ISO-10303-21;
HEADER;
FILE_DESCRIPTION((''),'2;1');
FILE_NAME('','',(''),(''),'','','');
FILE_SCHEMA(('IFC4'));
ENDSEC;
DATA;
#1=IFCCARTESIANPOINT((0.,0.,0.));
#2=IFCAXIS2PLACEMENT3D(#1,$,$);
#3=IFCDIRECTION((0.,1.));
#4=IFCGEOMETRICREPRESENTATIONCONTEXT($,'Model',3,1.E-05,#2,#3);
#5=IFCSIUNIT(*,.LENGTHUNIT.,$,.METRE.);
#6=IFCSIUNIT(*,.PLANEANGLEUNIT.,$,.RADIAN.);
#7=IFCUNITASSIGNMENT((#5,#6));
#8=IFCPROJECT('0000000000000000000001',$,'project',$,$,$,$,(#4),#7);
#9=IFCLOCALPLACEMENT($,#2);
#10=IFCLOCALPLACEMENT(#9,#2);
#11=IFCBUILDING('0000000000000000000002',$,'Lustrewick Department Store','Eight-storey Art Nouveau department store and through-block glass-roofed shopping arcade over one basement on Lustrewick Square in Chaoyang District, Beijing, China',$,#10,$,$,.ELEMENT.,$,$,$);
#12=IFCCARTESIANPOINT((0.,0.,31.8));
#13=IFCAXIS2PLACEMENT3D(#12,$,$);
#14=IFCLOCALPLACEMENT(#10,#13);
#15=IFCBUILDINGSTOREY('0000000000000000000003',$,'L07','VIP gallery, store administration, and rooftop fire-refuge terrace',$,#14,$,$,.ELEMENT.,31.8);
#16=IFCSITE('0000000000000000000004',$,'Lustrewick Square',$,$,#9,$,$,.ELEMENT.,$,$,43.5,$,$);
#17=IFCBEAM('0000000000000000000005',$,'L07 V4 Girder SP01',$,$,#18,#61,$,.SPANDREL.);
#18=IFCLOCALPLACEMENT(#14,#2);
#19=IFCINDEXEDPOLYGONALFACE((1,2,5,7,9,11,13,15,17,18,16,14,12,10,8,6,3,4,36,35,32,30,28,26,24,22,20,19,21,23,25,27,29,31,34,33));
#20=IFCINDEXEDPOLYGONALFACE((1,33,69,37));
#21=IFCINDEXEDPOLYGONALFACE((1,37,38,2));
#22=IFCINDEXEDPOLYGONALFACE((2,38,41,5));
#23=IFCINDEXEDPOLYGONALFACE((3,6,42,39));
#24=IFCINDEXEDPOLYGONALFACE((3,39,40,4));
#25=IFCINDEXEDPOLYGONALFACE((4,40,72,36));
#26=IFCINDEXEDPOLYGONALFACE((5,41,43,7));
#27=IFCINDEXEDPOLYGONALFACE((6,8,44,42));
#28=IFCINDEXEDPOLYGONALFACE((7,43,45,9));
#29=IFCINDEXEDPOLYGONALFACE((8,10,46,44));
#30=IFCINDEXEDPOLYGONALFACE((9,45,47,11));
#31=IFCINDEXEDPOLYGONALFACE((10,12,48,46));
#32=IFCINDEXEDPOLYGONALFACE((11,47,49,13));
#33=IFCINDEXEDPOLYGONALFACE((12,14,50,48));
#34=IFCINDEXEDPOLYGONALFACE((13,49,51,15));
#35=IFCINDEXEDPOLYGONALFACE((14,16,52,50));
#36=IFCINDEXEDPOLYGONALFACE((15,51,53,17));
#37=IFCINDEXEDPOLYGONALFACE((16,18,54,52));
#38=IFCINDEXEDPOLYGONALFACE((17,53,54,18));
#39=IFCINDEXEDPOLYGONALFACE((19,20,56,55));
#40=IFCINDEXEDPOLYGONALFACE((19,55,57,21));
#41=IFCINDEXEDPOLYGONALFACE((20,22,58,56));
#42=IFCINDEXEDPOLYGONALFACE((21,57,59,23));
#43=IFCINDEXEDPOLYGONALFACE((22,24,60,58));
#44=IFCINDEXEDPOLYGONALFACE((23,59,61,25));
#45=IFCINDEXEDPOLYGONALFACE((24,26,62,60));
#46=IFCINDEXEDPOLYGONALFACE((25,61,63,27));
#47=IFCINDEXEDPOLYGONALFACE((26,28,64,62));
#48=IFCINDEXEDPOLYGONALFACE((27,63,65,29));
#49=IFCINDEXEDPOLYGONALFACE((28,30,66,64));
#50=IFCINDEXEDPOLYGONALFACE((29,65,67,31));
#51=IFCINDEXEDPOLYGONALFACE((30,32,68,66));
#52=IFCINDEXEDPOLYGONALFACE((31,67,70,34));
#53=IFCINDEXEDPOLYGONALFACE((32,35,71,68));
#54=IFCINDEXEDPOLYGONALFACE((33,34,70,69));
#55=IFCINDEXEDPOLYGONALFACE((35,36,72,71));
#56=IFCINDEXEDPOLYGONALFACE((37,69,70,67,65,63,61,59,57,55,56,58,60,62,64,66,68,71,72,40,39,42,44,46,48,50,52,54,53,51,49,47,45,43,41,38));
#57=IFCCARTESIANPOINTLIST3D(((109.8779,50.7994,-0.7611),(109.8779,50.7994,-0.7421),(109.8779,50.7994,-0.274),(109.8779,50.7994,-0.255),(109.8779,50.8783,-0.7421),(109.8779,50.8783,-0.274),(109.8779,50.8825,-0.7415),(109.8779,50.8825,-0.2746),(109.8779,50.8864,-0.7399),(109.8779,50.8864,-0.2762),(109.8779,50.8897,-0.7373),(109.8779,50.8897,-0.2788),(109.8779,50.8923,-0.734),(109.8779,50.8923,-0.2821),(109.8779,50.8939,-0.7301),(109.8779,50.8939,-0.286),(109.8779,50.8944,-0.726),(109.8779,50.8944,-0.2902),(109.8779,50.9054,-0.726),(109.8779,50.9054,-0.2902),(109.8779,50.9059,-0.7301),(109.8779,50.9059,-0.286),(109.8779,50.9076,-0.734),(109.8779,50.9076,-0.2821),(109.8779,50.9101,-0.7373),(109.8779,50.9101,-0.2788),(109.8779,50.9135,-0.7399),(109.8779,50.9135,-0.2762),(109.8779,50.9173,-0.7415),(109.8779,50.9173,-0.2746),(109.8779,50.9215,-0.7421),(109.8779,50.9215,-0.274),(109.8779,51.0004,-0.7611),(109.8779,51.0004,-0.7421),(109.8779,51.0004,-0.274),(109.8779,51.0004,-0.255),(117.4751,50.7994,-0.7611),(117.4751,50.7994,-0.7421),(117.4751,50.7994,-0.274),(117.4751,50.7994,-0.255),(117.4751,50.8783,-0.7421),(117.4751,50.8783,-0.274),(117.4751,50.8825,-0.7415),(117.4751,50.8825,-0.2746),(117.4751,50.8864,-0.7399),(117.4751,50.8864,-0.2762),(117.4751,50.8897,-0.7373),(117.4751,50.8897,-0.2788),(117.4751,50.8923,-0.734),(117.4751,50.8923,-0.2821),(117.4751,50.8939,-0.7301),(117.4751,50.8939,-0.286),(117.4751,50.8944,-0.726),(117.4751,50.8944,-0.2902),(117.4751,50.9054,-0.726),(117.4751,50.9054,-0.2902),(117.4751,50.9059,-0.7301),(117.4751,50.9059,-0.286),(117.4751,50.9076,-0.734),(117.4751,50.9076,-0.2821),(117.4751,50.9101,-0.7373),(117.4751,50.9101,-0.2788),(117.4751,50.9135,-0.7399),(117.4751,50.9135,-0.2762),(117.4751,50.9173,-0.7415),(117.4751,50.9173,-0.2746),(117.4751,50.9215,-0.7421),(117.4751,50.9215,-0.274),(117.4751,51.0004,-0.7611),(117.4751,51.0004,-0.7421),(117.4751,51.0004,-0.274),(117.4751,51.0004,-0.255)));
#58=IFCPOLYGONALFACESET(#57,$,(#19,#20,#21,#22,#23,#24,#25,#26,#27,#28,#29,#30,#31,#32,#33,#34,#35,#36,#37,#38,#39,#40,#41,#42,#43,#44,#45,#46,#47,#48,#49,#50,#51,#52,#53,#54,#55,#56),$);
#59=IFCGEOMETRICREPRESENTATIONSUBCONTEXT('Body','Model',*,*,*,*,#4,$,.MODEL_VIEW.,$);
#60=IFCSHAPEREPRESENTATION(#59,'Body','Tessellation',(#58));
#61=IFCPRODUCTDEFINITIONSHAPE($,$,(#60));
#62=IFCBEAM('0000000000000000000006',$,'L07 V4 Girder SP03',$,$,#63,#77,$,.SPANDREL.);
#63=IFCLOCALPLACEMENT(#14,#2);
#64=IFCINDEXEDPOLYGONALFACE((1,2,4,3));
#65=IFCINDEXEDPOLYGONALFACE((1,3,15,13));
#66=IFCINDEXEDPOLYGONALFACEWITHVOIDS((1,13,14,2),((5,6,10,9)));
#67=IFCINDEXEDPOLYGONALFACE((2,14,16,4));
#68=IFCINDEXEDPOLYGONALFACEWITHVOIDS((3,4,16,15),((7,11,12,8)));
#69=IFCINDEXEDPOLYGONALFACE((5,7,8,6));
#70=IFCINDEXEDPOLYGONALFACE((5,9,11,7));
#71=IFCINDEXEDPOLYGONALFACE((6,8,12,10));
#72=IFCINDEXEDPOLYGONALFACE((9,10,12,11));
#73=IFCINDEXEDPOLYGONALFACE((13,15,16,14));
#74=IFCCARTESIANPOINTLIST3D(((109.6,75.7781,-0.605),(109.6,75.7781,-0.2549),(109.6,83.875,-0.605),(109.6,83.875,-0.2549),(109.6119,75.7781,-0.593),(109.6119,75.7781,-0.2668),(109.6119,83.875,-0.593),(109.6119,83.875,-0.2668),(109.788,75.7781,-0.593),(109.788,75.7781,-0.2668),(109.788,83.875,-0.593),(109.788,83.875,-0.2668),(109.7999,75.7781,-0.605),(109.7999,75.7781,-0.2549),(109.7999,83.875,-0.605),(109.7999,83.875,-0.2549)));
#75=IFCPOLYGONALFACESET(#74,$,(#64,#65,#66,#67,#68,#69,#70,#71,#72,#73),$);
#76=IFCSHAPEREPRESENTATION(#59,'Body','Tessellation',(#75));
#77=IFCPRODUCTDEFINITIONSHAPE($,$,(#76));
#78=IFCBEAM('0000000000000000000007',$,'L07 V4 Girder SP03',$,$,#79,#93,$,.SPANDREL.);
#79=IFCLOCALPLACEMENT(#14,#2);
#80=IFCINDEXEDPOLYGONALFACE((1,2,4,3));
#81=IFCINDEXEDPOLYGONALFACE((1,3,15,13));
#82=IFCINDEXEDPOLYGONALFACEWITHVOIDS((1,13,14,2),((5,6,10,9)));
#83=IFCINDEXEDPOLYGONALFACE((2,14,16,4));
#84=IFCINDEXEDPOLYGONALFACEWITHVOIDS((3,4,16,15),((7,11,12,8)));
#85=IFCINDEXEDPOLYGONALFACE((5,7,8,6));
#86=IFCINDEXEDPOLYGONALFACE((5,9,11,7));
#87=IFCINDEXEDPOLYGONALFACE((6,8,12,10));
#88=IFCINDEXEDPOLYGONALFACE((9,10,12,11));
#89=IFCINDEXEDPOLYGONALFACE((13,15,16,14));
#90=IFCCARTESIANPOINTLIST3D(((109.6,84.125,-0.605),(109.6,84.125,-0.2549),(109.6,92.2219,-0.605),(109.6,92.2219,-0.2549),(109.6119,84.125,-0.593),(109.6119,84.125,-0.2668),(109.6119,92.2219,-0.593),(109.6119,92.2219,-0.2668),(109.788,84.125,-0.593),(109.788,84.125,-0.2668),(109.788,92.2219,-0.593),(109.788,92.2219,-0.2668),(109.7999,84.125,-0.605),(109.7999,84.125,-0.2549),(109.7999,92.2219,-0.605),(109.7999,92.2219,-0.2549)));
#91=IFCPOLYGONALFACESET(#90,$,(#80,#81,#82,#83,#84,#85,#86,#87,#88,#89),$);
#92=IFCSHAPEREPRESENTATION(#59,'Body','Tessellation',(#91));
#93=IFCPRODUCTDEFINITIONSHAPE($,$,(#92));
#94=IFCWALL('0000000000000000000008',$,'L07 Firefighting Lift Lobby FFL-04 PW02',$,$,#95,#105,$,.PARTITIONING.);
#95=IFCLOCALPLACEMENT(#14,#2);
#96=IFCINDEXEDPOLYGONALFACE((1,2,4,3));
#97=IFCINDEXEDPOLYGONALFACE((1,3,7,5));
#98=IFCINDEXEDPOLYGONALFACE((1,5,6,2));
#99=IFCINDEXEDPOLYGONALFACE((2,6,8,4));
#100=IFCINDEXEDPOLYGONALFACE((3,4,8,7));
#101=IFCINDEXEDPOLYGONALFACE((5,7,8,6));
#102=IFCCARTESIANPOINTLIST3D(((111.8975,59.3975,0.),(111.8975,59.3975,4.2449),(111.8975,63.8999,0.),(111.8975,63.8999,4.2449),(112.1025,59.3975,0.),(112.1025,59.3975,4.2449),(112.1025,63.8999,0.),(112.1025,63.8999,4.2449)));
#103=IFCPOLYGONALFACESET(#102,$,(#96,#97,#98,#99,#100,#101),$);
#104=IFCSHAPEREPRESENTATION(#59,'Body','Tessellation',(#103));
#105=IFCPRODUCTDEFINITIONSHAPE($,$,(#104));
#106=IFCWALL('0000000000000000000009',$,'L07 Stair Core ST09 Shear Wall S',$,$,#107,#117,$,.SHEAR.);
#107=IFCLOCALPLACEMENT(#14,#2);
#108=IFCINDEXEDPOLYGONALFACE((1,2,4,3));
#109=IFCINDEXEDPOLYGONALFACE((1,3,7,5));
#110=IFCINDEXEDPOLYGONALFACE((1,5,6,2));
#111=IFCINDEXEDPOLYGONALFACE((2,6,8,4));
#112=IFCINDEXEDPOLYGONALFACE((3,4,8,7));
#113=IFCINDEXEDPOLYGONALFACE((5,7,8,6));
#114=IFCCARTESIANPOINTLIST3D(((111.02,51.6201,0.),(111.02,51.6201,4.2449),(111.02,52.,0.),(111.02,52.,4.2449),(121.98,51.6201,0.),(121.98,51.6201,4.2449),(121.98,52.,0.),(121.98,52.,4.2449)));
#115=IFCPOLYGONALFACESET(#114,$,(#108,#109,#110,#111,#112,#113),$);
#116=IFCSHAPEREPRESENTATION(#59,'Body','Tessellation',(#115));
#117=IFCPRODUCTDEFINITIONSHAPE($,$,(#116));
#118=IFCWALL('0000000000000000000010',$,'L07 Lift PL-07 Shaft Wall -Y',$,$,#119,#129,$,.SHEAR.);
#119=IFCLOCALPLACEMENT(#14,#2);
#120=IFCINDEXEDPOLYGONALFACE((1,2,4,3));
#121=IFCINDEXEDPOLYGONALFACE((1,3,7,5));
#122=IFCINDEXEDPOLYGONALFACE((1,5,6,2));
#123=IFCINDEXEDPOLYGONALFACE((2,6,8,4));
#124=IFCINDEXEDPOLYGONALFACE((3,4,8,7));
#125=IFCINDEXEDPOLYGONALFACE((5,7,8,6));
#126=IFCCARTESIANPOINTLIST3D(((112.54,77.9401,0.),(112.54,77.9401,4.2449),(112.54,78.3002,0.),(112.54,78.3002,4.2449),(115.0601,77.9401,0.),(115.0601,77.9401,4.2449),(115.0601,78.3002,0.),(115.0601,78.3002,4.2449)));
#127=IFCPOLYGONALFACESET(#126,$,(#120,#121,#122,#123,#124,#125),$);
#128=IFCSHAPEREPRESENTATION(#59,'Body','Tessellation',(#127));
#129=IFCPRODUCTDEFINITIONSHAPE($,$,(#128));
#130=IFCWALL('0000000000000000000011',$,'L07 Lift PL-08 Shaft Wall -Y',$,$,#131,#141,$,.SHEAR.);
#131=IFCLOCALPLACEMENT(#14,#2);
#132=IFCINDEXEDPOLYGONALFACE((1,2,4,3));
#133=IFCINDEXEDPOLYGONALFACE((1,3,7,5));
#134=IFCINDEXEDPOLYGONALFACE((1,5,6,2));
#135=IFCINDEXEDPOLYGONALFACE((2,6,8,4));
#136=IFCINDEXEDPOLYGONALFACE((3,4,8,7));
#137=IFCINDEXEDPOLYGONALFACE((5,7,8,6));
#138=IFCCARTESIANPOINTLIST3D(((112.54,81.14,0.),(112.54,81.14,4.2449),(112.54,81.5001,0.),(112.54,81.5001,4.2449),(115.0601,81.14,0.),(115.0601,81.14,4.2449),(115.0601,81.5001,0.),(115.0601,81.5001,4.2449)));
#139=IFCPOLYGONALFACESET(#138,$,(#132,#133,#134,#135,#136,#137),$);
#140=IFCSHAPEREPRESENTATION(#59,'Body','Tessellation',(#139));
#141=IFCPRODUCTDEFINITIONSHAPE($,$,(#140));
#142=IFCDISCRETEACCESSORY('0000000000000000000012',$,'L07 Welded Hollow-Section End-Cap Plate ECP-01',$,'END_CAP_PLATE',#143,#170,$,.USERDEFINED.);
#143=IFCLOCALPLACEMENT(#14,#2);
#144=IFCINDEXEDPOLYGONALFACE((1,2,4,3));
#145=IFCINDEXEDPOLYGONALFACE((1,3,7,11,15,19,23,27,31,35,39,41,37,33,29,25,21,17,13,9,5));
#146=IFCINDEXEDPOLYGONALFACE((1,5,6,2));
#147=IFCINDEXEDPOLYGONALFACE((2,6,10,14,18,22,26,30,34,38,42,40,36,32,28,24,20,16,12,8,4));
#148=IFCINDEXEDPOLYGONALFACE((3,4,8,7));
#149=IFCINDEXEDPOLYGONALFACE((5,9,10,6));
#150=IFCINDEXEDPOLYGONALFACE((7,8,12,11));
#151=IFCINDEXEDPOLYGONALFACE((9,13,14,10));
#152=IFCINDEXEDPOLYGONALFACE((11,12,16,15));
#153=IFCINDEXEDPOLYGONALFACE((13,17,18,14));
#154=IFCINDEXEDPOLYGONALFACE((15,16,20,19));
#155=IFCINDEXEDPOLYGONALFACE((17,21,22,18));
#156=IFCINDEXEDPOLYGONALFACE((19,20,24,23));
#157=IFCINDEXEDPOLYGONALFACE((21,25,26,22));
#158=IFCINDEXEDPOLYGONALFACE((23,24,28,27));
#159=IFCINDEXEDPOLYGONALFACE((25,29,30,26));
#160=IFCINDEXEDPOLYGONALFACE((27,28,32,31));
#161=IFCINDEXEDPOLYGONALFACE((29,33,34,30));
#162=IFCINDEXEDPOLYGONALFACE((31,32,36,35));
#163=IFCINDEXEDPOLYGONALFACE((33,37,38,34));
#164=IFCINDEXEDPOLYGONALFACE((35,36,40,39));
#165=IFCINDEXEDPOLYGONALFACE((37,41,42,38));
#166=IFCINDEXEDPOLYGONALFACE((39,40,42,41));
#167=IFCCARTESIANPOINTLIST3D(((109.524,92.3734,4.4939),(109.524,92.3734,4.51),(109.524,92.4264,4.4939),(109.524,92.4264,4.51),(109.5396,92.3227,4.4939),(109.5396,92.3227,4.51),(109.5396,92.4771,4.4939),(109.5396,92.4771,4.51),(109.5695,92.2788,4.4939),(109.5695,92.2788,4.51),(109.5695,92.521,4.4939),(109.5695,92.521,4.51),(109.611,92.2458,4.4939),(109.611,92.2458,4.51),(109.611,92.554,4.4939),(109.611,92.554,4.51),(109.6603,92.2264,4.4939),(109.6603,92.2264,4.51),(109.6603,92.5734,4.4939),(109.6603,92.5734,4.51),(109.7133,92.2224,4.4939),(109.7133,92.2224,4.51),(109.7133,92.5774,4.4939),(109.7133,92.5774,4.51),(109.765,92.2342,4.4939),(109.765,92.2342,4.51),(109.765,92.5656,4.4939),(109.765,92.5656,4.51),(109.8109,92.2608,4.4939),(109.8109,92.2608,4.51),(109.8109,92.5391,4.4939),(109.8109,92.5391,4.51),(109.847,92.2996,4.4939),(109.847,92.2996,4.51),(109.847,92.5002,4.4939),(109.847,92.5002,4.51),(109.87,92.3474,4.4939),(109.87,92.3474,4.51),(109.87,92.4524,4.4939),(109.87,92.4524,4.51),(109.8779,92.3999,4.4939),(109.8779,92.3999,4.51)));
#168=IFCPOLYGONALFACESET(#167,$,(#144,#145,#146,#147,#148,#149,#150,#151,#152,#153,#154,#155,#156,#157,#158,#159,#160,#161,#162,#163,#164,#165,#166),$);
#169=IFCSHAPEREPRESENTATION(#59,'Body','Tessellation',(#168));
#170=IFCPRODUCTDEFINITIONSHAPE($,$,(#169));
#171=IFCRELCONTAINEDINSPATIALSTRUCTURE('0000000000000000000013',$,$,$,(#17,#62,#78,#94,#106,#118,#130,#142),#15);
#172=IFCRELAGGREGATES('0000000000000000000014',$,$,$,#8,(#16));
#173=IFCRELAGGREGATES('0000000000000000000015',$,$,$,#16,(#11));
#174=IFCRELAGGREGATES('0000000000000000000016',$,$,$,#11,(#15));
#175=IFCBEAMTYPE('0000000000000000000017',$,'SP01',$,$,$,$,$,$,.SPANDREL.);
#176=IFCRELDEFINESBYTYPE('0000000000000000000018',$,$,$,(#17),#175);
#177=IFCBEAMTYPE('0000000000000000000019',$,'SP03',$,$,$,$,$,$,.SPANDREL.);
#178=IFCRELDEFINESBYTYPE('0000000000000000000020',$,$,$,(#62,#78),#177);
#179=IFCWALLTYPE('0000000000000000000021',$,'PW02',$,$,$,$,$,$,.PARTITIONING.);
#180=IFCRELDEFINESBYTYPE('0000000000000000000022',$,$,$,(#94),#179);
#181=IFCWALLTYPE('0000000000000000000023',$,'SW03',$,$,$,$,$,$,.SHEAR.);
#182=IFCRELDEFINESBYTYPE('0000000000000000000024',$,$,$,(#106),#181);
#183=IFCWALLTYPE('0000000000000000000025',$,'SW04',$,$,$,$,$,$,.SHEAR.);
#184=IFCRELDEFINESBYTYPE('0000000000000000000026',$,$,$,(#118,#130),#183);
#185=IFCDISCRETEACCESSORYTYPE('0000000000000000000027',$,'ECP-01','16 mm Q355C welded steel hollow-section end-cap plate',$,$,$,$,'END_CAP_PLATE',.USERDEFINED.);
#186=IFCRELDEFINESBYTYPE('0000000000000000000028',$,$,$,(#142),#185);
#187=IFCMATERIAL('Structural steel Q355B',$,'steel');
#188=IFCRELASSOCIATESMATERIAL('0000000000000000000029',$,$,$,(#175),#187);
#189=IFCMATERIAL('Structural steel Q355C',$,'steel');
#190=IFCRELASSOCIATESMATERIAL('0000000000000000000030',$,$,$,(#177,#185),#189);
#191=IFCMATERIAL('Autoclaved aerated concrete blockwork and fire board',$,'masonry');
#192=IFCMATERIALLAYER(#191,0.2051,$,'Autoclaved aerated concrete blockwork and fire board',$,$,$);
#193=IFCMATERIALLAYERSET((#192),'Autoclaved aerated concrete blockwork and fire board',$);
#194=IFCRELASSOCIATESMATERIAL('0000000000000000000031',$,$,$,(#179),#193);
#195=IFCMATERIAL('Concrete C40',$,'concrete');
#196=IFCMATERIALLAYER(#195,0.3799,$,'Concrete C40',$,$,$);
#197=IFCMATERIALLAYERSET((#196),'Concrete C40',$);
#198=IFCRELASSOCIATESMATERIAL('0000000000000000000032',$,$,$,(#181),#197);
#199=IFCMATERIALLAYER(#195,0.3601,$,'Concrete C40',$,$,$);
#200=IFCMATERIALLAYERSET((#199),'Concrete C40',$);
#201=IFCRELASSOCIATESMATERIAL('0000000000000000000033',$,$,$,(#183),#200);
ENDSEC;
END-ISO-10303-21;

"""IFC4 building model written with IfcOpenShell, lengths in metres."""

from ifc_helpers import new_model, si_unit, direction, frame, frame_2d, origin, origin_2d, place, context, subcontext, project, spatial, rectangle, hollow_rectangle, circle, i_section, extrude, material, layer, layer_set, material_profile, profile_set, type_object, element, save


model = new_model("IFC4")

# Units and contexts
model_context = context("Model", 3, precision=1e-05, world=origin(), true_north=direction((0.0, 1.0)))
body_context = subcontext(model_context, "Body", "Model", "MODEL_VIEW")
ifc_project = project(units=[si_unit("LENGTHUNIT", "METRE"), si_unit("PLANEANGLEUNIT", "RADIAN")], contexts=[model_context])

# Site, building, storey
site_placement = place(None, origin())
site = spatial("IfcSite", under=ifc_project, at=site_placement, Name="Lustrewick Square", CompositionType="ELEMENT", RefElevation=43.5)
building_placement = place(site_placement, origin())
building = spatial("IfcBuilding", under=site, at=building_placement, Name="Lustrewick Department Store", Description="Eight-storey Art Nouveau department store and through-block glass-roofed shopping arcade over one basement on Lustrewick Square in Chaoyang District, Beijing, China", CompositionType="ELEMENT")
storey_placement = place(building_placement, frame((0.0, 0.0, 31.8)))
storey = spatial("IfcBuildingStorey", under=building, at=storey_placement, Name="L07", Description="VIP gallery, store administration, and rooftop fire-refuge terrace", CompositionType="ELEMENT", Elevation=31.8)

# Shared definitions
ifc_material_1 = material(Name="Structural steel Q355B", Category="steel")

# Beams
ifc_material_profile_1 = material_profile(ifc_material_1, i_section(OverallWidth=0.2009, OverallDepth=0.5061, WebThickness=0.011, FlangeThickness=0.019, FilletRadius=0.0161, at=origin_2d()), Name="HN 506x201x11x19")
ifc_profile_set_1 = profile_set([ifc_material_profile_1], Name="Structural steel Q355B")
beam_type_1 = type_object("IfcBeamType", Name="SP01", PredefinedType="SPANDREL", material=ifc_profile_set_1)
beam_1_placement = place(storey_placement, frame((109.8779, 50.8999, -0.5081), z_axis=(1.0, 0.0, 0.0), x_axis=(0.0, 1.0, 0.0)))
element("IfcBeam", 1, at=beam_1_placement, inside=storey, type_object=beam_type_1, Name="L07 V4 Girder SP01", PredefinedType="SPANDREL", context=body_context, shape_type="SweptSolid", body=[
    extrude(i_section(OverallWidth=0.2009, OverallDepth=0.5061, WebThickness=0.011, FlangeThickness=0.019, FilletRadius=0.0161, at=origin_2d()), origin(), (0.0, 0.0, 1.0), 7.5972),
])
ifc_material_2 = material(Name="Structural steel Q355C", Category="steel")
ifc_material_profile_2 = material_profile(ifc_material_2, hollow_rectangle(XDim=0.2, YDim=0.3501, WallThickness=0.012, at=origin_2d()), Name="RHS 350x200x12")
ifc_profile_set_2 = profile_set([ifc_material_profile_2], Name="Structural steel Q355C")
beam_type_2 = type_object("IfcBeamType", Name="SP03", PredefinedType="SPANDREL", material=ifc_profile_set_2)
for number, where, z_axis, x_axis, name in (
    (2, (109.7, 75.7781, -0.4299), (0.0, 1.0, 0.0), (-1.0, 0.0, 0.0), "L07 V4 Girder SP03"),
    (3, (109.7, 84.125, -0.4299), (0.0, 1.0, 0.0), (-1.0, 0.0, 0.0), "L07 V4 Girder SP03"),
):
    element("IfcBeam", number, at=place(storey_placement, frame(where, z_axis=z_axis, x_axis=x_axis)), inside=storey, type_object=beam_type_2, Name=name, PredefinedType="SPANDREL", context=body_context, shape_type="SweptSolid", body=[
        extrude(hollow_rectangle(XDim=0.2, YDim=0.3501, WallThickness=0.012, at=origin_2d()), origin(), (0.0, 0.0, 1.0), 8.0969),
    ])

# Shared definitions
ifc_material_3 = material(Name="Autoclaved aerated concrete blockwork and fire board", Category="masonry")
ifc_layer_1 = layer(ifc_material_3, 0.2051, Name="Autoclaved aerated concrete blockwork and fire board")
ifc_layer_set_1 = layer_set([ifc_layer_1], Name="Autoclaved aerated concrete blockwork and fire board")
wall_type_1 = type_object("IfcWallType", Name="PW02", PredefinedType="PARTITIONING", material=ifc_layer_set_1)

# Walls
wall_1_placement = place(storey_placement, frame((112.0, 63.8999, 0.0), z_axis=(0.0, 0.0, 1.0), x_axis=(0.0, -1.0, 0.0)))
element("IfcWall", 4, at=wall_1_placement, inside=storey, type_object=wall_type_1, Name="L07 Firefighting Lift Lobby FFL-04 PW02", PredefinedType="PARTITIONING", context=body_context, shape_type="SweptSolid", body=[
    extrude(rectangle(XDim=4.5024, YDim=0.2051, at=frame_2d((2.2512, 0.0))), origin(), (0.0, 0.0, 1.0), 4.2449),
])
ifc_material_4 = material(Name="Concrete C40", Category="concrete")
ifc_layer_2 = layer(ifc_material_4, 0.3799, Name="Concrete C40")
ifc_layer_set_2 = layer_set([ifc_layer_2], Name="Concrete C40")
wall_type_2 = type_object("IfcWallType", Name="SW03", PredefinedType="SHEAR", material=ifc_layer_set_2)
wall_2_placement = place(storey_placement, frame((111.02, 51.8101, 0.0), z_axis=(0.0, 0.0, 1.0), x_axis=(1.0, 0.0, 0.0)))
element("IfcWall", 5, at=wall_2_placement, inside=storey, type_object=wall_type_2, Name="L07 Stair Core ST09 Shear Wall S", PredefinedType="SHEAR", context=body_context, shape_type="SweptSolid", body=[
    extrude(rectangle(XDim=10.96, YDim=0.3799, at=frame_2d((5.48, 0.0))), origin(), (0.0, 0.0, 1.0), 4.2449),
])

# Walls
ifc_layer_3 = layer(ifc_material_4, 0.3601, Name="Concrete C40")
ifc_layer_set_3 = layer_set([ifc_layer_3], Name="Concrete C40")
wall_type_3 = type_object("IfcWallType", Name="SW04", PredefinedType="SHEAR", material=ifc_layer_set_3)
for number, where, z_axis, x_axis, name in (
    (6, (112.54, 78.1201, 0.0), (0.0, 0.0, 1.0), (1.0, 0.0, 0.0), "L07 Lift PL-07 Shaft Wall -Y"),
    (7, (112.54, 81.3201, 0.0), (0.0, 0.0, 1.0), (1.0, 0.0, 0.0), "L07 Lift PL-08 Shaft Wall -Y"),
):
    element("IfcWall", number, at=place(storey_placement, frame(where, z_axis=z_axis, x_axis=x_axis)), inside=storey, type_object=wall_type_3, Name=name, PredefinedType="SHEAR", context=body_context, shape_type="SweptSolid", body=[
        extrude(rectangle(XDim=2.52, YDim=0.3601, at=frame_2d((1.26, 0.0))), origin(), (0.0, 0.0, 1.0), 4.2449),
    ])

# Discrete accessory
discrete_accessory_type = type_object("IfcDiscreteAccessoryType", Name="ECP-01", Description="16 mm Q355C welded steel hollow-section end-cap plate", ElementType="END_CAP_PLATE", PredefinedType="USERDEFINED", material=ifc_material_2)
discrete_accessory_placement = place(storey_placement, frame((109.7, 92.3999, 4.4939), z_axis=(0.0, 0.0, 1.0), x_axis=(1.0, 0.0, 0.0)))
element("IfcDiscreteAccessory", 8, at=discrete_accessory_placement, inside=storey, type_object=discrete_accessory_type, Name="L07 Welded Hollow-Section End-Cap Plate ECP-01", ObjectType="END_CAP_PLATE", PredefinedType="USERDEFINED", context=body_context, shape_type="SweptSolid", body=[
    extrude(circle(Radius=0.178, at=origin_2d()), origin(), (0.0, 0.0, 1.0), 0.0161),
])

save(model, "model.ifc")
